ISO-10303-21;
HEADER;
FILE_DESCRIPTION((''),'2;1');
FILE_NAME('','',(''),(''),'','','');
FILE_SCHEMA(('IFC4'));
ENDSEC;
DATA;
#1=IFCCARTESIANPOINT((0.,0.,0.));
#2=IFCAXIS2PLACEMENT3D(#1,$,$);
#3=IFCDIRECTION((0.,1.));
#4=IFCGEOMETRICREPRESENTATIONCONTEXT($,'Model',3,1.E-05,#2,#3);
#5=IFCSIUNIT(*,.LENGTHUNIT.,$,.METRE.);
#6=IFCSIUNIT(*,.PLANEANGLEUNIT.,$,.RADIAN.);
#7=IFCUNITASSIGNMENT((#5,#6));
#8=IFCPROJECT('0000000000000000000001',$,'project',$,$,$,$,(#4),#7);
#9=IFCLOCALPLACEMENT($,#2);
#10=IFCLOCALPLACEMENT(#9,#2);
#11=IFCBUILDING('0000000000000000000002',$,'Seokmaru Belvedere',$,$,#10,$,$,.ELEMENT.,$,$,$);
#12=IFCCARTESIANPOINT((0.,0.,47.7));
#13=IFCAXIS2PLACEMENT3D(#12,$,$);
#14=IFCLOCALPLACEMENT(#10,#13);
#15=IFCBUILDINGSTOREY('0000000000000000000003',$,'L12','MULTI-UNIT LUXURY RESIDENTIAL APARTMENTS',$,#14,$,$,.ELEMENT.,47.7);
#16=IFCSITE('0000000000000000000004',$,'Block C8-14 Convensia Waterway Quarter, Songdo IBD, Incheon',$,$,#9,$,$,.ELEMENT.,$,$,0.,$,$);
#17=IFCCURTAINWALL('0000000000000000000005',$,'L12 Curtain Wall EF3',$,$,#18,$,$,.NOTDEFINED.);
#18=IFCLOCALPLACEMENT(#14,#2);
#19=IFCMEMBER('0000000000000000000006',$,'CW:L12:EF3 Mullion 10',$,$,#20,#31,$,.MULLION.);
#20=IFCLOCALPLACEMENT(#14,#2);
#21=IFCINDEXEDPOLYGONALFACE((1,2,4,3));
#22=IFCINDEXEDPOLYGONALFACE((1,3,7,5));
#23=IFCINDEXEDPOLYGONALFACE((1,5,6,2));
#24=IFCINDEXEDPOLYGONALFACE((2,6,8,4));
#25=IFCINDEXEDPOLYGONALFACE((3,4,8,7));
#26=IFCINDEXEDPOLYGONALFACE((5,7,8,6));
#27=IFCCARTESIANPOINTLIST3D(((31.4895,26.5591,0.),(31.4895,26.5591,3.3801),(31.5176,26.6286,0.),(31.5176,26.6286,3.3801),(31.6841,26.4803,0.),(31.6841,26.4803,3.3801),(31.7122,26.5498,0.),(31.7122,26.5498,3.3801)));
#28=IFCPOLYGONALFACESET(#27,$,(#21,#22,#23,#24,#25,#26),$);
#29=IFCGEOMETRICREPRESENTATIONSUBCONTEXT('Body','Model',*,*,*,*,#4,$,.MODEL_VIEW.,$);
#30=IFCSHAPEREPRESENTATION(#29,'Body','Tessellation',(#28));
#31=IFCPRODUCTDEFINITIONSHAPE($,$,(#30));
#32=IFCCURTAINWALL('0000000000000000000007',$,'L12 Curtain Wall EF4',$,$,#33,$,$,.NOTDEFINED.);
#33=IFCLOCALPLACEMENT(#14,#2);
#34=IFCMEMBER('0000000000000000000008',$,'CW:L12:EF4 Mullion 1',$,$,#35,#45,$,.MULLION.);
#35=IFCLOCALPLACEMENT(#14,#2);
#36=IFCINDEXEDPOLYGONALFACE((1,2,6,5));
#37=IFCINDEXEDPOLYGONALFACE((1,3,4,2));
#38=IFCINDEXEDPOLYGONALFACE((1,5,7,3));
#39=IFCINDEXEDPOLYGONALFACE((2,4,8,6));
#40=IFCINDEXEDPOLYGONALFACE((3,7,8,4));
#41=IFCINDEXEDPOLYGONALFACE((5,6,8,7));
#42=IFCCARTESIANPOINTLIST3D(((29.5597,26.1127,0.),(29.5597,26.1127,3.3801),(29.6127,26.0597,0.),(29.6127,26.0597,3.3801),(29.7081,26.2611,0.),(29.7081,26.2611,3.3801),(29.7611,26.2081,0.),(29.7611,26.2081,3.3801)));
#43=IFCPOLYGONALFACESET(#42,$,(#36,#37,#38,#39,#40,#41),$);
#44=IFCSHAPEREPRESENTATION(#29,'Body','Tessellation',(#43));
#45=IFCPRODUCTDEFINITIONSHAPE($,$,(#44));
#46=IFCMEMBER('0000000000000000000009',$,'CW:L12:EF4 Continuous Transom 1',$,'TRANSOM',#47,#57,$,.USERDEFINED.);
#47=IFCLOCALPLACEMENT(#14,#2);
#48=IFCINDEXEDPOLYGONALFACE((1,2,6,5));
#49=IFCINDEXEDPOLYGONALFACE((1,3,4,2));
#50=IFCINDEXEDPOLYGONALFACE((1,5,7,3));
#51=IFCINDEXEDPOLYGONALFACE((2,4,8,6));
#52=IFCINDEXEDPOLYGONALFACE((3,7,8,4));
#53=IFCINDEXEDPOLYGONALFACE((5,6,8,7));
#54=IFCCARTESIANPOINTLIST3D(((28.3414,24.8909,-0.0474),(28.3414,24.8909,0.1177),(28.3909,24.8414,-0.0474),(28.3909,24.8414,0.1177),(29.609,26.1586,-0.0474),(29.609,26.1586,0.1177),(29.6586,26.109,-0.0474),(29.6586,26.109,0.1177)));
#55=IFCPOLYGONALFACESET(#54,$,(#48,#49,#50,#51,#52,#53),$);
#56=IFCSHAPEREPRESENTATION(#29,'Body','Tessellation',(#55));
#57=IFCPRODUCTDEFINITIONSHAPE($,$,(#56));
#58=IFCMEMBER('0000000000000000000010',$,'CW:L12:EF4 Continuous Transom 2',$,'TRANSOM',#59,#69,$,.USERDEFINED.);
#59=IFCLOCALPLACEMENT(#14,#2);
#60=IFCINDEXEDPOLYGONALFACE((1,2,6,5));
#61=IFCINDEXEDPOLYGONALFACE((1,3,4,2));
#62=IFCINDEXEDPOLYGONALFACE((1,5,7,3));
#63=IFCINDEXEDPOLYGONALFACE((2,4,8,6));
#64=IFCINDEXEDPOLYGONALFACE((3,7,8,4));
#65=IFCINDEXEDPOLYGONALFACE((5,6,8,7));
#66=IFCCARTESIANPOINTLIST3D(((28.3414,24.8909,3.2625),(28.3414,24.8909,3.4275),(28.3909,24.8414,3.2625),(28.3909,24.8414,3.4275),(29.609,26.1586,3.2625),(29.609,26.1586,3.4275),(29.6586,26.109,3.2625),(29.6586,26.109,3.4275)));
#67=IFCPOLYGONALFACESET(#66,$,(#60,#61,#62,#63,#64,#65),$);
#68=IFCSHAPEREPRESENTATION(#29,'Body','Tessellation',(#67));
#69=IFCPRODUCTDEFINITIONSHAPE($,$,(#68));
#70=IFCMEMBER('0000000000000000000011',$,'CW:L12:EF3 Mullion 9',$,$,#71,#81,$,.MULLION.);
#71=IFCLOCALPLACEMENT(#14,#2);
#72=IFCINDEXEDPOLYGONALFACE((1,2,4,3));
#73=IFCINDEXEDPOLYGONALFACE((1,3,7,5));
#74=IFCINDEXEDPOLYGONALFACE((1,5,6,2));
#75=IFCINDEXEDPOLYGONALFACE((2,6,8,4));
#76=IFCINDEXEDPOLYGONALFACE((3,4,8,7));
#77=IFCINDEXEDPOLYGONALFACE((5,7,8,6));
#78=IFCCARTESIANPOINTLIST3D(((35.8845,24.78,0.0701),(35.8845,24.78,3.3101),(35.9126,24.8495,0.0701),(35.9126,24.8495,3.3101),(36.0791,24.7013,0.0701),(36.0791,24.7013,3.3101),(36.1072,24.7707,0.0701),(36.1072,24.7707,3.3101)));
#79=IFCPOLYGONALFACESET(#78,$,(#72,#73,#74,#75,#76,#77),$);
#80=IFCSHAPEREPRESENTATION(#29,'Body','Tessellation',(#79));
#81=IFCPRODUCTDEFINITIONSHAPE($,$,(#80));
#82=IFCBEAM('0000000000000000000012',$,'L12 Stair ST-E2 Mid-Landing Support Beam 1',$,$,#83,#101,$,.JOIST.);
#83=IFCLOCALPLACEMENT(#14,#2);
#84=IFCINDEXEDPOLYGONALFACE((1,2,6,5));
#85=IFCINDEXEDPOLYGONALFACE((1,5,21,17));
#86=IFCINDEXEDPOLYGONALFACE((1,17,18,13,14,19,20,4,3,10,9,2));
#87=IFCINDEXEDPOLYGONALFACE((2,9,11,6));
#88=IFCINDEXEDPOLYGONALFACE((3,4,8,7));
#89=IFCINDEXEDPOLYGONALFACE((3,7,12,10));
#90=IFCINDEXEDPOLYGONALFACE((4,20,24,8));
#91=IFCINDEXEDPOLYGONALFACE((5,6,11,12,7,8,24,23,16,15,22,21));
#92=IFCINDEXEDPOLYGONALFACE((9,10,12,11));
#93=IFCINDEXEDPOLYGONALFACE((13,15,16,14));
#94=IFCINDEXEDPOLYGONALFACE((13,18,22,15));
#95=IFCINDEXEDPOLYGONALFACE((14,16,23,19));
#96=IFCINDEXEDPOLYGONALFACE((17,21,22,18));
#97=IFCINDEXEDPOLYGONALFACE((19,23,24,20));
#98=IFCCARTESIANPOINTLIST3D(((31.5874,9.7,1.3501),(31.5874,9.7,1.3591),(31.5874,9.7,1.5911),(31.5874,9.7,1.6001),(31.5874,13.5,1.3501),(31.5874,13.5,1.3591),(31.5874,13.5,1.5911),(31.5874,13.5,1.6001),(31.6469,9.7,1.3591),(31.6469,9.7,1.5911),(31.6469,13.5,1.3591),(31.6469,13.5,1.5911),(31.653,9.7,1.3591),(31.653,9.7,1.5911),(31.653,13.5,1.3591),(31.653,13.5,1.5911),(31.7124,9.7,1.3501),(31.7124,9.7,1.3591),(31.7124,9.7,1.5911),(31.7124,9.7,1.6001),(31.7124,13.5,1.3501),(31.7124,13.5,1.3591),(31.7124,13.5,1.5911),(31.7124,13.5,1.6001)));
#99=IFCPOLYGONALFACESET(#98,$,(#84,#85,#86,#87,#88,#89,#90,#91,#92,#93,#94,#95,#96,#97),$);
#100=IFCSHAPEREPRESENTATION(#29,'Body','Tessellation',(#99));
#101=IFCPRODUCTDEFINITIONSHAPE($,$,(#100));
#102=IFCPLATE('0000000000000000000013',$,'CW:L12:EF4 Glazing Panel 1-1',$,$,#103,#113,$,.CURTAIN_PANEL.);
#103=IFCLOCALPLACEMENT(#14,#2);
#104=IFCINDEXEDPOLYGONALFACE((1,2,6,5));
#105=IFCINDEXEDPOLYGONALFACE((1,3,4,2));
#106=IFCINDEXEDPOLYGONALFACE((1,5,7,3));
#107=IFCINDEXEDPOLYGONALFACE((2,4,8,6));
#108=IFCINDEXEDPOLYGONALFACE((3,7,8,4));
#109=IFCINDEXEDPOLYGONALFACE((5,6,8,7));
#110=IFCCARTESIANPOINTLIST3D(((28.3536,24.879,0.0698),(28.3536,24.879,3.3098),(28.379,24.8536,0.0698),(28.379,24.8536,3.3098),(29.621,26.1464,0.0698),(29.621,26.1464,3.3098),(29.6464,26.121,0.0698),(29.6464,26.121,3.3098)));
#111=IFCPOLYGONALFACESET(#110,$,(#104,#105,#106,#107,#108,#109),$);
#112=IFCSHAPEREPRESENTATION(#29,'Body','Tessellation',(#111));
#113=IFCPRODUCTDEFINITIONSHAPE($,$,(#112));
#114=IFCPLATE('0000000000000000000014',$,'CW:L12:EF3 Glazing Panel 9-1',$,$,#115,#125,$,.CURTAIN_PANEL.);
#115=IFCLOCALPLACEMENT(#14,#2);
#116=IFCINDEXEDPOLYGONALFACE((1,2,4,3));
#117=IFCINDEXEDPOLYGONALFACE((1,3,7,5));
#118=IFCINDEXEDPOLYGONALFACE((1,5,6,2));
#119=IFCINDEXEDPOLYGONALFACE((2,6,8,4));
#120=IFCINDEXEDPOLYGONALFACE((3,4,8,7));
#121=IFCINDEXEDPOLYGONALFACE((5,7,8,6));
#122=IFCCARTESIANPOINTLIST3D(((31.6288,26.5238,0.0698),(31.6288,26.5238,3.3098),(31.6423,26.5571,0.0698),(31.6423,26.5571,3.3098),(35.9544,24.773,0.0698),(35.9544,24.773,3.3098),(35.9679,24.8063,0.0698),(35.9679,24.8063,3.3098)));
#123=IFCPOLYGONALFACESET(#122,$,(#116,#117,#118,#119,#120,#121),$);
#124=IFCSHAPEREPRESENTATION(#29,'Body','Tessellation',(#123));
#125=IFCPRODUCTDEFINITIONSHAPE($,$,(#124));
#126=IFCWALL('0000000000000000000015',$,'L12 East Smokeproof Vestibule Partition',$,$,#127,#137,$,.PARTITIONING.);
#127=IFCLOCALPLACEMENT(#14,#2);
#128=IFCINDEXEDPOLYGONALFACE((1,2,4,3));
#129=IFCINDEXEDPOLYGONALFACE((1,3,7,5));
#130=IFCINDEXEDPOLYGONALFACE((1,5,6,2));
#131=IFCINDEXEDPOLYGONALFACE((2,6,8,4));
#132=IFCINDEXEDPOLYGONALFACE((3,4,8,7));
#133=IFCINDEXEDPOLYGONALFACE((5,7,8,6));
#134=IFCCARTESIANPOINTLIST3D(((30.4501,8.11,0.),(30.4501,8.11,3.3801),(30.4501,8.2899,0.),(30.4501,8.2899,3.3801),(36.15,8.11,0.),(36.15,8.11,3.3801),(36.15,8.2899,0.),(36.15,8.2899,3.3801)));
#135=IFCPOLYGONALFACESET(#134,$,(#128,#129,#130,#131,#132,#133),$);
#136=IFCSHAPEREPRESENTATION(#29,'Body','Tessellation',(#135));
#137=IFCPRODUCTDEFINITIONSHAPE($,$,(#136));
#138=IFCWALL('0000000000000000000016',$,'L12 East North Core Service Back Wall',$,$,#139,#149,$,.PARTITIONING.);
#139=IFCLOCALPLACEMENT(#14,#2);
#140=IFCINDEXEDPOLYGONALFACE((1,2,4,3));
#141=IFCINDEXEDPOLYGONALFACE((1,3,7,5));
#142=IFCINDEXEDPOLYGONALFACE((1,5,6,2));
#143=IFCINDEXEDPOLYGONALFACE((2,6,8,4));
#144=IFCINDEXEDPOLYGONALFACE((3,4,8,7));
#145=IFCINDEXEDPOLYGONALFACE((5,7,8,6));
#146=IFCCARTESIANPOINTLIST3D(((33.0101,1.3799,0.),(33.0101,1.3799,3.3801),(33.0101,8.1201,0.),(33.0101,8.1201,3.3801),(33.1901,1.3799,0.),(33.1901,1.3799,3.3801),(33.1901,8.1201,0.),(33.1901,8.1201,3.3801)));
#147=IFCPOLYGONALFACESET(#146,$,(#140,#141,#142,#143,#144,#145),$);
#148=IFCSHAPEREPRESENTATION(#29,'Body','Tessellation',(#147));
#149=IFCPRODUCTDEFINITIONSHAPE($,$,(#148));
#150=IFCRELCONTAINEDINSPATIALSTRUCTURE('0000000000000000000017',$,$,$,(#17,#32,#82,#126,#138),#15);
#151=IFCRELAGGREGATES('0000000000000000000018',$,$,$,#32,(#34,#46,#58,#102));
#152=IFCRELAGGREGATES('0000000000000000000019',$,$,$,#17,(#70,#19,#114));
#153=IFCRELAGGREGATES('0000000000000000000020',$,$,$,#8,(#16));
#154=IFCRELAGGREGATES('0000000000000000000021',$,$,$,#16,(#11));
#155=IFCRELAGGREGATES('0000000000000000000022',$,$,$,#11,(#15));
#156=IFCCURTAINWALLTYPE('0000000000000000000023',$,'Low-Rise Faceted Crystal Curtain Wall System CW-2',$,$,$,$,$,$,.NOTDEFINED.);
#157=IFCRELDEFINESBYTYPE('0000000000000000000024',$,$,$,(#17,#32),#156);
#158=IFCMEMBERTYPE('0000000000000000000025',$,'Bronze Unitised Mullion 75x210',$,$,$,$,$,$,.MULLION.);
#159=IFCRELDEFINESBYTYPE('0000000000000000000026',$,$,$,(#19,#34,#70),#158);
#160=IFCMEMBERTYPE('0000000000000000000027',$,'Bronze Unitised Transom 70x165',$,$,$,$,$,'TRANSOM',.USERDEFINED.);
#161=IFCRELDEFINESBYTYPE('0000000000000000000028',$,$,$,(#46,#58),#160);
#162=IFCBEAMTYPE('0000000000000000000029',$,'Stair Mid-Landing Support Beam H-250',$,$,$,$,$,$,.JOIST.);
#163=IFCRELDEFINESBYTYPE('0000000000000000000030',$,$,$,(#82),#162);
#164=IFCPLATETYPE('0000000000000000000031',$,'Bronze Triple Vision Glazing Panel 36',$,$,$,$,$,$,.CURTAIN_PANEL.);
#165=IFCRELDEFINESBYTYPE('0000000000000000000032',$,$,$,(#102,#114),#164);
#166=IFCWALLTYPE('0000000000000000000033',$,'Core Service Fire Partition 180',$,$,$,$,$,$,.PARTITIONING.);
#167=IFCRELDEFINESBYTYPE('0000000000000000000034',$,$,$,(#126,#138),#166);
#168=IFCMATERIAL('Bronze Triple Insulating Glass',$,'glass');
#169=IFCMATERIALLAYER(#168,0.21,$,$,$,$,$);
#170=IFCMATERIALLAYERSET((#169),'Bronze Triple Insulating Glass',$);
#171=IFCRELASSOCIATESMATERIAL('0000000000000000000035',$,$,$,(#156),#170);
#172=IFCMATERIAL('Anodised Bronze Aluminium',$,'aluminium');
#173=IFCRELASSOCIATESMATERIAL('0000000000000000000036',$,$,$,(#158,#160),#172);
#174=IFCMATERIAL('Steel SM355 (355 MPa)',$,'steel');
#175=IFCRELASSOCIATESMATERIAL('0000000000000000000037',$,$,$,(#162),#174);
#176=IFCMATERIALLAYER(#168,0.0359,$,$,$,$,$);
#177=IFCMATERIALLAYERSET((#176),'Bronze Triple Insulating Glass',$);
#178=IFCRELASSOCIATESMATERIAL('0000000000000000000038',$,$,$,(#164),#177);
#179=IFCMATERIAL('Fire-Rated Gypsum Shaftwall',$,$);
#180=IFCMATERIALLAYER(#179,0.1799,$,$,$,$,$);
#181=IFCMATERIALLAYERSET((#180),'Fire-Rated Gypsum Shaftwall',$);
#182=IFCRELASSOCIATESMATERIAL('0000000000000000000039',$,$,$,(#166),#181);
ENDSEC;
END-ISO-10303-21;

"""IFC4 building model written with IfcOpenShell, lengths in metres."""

from ifc_helpers import new_model, si_unit, direction, frame, frame_2d, origin, origin_2d, place, context, subcontext, project, spatial, rectangle, i_section, extrude, source, transform, mapped, material, layer, layer_set, material_profile, profile_set, type_object, type_shapes, element, aggregate, save


model = new_model("IFC4")

# Units and contexts
model_context = context("Model", 3, precision=1e-05, world=origin(), true_north=direction((0.0, 1.0)))
body_context = subcontext(model_context, "Body", "Model", "MODEL_VIEW")
ifc_project = project(units=[si_unit("LENGTHUNIT", "METRE"), si_unit("PLANEANGLEUNIT", "RADIAN")], contexts=[model_context])

# Site, building, storey
site_placement = place(None, origin())
site = spatial("IfcSite", under=ifc_project, at=site_placement, Name="Block C8-14 Convensia Waterway Quarter, Songdo IBD, Incheon", CompositionType="ELEMENT", RefElevation=0.0)
building_placement = place(site_placement, origin())
building = spatial("IfcBuilding", under=site, at=building_placement, Name="Seokmaru Belvedere", CompositionType="ELEMENT")
storey_placement = place(building_placement, frame((0.0, 0.0, 47.7)))
storey = spatial("IfcBuildingStorey", under=building, at=storey_placement, Name="L12", Description="MULTI-UNIT LUXURY RESIDENTIAL APARTMENTS", CompositionType="ELEMENT", Elevation=47.7)

# Shared definitions
ifc_material_1 = material(Name="Steel SM355 (355 MPa)", Category="steel")

# Curtain wall, member
ifc_material_2 = material(Name="Bronze Triple Insulating Glass", Category="glass")
ifc_layer_1 = layer(ifc_material_2, 0.21)
ifc_layer_set_1 = layer_set([ifc_layer_1], Name="Bronze Triple Insulating Glass")
curtain_wall_type = type_object("IfcCurtainWallType", Name="Low-Rise Faceted Crystal Curtain Wall System CW-2", PredefinedType="NOTDEFINED", material=ifc_layer_set_1)
curtain_wall_1_placement = place(storey_placement, origin())
curtain_wall_1 = element("IfcCurtainWall", 1, at=curtain_wall_1_placement, inside=storey, type_object=curtain_wall_type, Name="L12 Curtain Wall EF3", PredefinedType="NOTDEFINED")
ifc_material_3 = material(Name="Anodised Bronze Aluminium", Category="aluminium")
ifc_material_profile_1 = material_profile(ifc_material_3, rectangle(XDim=0.075, YDim=0.21, at=origin_2d()), Name="CW-M-75x210")
ifc_profile_set_1 = profile_set([ifc_material_profile_1], Name="Anodised Bronze Aluminium")
member_type_1 = type_object("IfcMemberType", Name="Bronze Unitised Mullion 75x210", PredefinedType="MULLION", material=ifc_profile_set_1)
shared_shape_1 = source(origin(), body_context, "Body", "SweptSolid", [
    extrude(rectangle(XDim=0.075, YDim=0.21, at=origin_2d()), origin(), (0.0, 0.0, 1.0), 3.3801),
])
member_1_placement = place(storey_placement, frame((31.6008, 26.5544, 0.0), z_axis=(0.0, 0.0, 1.0), x_axis=(-0.375192, -0.926947, 0.0)))
member_1 = element("IfcMember", 2, at=member_1_placement, type_object=member_type_1, Name="CW:L12:EF3 Mullion 10", PredefinedType="MULLION", context=body_context, shape_type="MappedRepresentation", body=[
    mapped(shared_shape_1, transform((0.0, 0.0, 0.0), scale=1.0)),
])

# Curtain wall, members
curtain_wall_2_placement = place(storey_placement, origin())
curtain_wall_2 = element("IfcCurtainWall", 3, at=curtain_wall_2_placement, inside=storey, type_object=curtain_wall_type, Name="L12 Curtain Wall EF4", PredefinedType="NOTDEFINED")
member_2_placement = place(storey_placement, frame((29.6604, 26.1604, 0.0), z_axis=(0.0, 0.0, 1.0), x_axis=(0.707107, -0.707107, 0.0)))
member_2 = element("IfcMember", 4, at=member_2_placement, type_object=member_type_1, Name="CW:L12:EF4 Mullion 1", PredefinedType="MULLION", context=body_context, shape_type="MappedRepresentation", body=[
    mapped(shared_shape_1, transform((0.0, 0.0, 0.0), scale=1.0)),
])
ifc_material_profile_2 = material_profile(ifc_material_3, rectangle(XDim=0.0701, YDim=0.165, at=origin_2d()), Name="CW-T-70x165")
ifc_profile_set_2 = profile_set([ifc_material_profile_2], Name="Anodised Bronze Aluminium")
member_type_2 = type_object("IfcMemberType", Name="Bronze Unitised Transom 70x165", ElementType="TRANSOM", PredefinedType="USERDEFINED", material=ifc_profile_set_2)
shared_shape_2 = source(origin(), body_context, "Body", "SweptSolid", [
    extrude(rectangle(XDim=0.0701, YDim=0.165, at=origin_2d()), origin(), (0.0, 0.0, 1.0), 1.7927),
])
type_shapes(member_type_2, [shared_shape_2])
member_3_placement = place(storey_placement, frame((29.6338, 26.1338, 0.0352), z_axis=(-0.707107, -0.707107, 0.0), x_axis=(0.707107, -0.707107, 0.0)))
member_3 = element("IfcMember", 5, at=member_3_placement, type_object=member_type_2, Name="CW:L12:EF4 Continuous Transom 1", ObjectType="TRANSOM", PredefinedType="USERDEFINED", context=body_context, shape_type="MappedRepresentation", body=[
    mapped(shared_shape_2, transform((0.0, 0.0, 0.0), scale=1.0)),
])
member_4_placement = place(storey_placement, frame((29.6338, 26.1338, 3.345), z_axis=(-0.707107, -0.707107, 0.0), x_axis=(0.707107, -0.707107, 0.0)))
member_4 = element("IfcMember", 6, at=member_4_placement, type_object=member_type_2, Name="CW:L12:EF4 Continuous Transom 2", ObjectType="TRANSOM", PredefinedType="USERDEFINED", context=body_context, shape_type="MappedRepresentation", body=[
    mapped(shared_shape_2, transform((0.0, 0.0, 0.0), scale=1.0)),
])

# Member
shared_shape_3 = source(origin(), body_context, "Body", "SweptSolid", [
    extrude(rectangle(XDim=0.075, YDim=0.21, at=origin_2d()), origin(), (0.0, 0.0, 1.0), 3.24),
])
type_shapes(member_type_1, [shared_shape_1, shared_shape_3])
member_5_placement = place(storey_placement, frame((35.9958, 24.7754, 0.0701), z_axis=(0.0, 0.0, 1.0), x_axis=(-0.375192, -0.926947, 0.0)))
member_5 = element("IfcMember", 7, at=member_5_placement, type_object=member_type_1, Name="CW:L12:EF3 Mullion 9", PredefinedType="MULLION", context=body_context, shape_type="MappedRepresentation", body=[
    mapped(shared_shape_3, transform((0.0, 0.0, 0.0), scale=1.0)),
])

# Beam
ifc_material_profile_3 = material_profile(ifc_material_1, i_section(OverallWidth=0.125, OverallDepth=0.25, WebThickness=0.0061, FlangeThickness=0.009, at=origin_2d()), Name="H-250x125x6x9")
ifc_profile_set_3 = profile_set([ifc_material_profile_3], Name="Steel SM355 (355 MPa)")
beam_type_1 = type_object("IfcBeamType", Name="Stair Mid-Landing Support Beam H-250", PredefinedType="JOIST", material=ifc_profile_set_3)
shared_shape_4 = source(origin(), body_context, "Body", "SweptSolid", [
    extrude(i_section(OverallWidth=0.125, OverallDepth=0.25, WebThickness=0.0061, FlangeThickness=0.009, at=origin_2d()), origin(), (0.0, 0.0, 1.0), 3.8),
])
type_shapes(beam_type_1, [shared_shape_4])
beam_1_placement = place(storey_placement, frame((31.6499, 9.7, 1.4751), z_axis=(0.0, 1.0, 0.0), x_axis=(-1.0, 0.0, 0.0)))
element("IfcBeam", 8, at=beam_1_placement, inside=storey, type_object=beam_type_1, Name="L12 Stair ST-E2 Mid-Landing Support Beam 1", PredefinedType="JOIST", context=body_context, shape_type="MappedRepresentation", body=[
    mapped(shared_shape_4, transform((0.0, 0.0, 0.0), scale=1.0)),
])

# Plates
ifc_layer_2 = layer(ifc_material_2, 0.0359)
ifc_layer_set_2 = layer_set([ifc_layer_2], Name="Bronze Triple Insulating Glass")
plate_type = type_object("IfcPlateType", Name="Bronze Triple Vision Glazing Panel 36", PredefinedType="CURTAIN_PANEL", material=ifc_layer_set_2)
shared_shape_5 = source(origin(), body_context, "Body", "SweptSolid", [
    extrude(rectangle(XDim=1.7925, YDim=0.0359, at=origin_2d()), origin(), (0.0, 0.0, 1.0), 3.24),
])
plate_1_placement = place(storey_placement, frame((29.0, 25.5, 0.0698), z_axis=(0.0, 0.0, 1.0), x_axis=(-0.707107, -0.707107, 0.0)))
plate_1 = element("IfcPlate", 9, at=plate_1_placement, type_object=plate_type, Name="CW:L12:EF4 Glazing Panel 1-1", PredefinedType="CURTAIN_PANEL", context=body_context, shape_type="MappedRepresentation", body=[
    mapped(shared_shape_5, transform((0.0, 0.0, 0.0), scale=1.0)),
])
aggregate(curtain_wall_2, [member_2, member_3, member_4, plate_1])
shared_shape_6 = source(origin(), body_context, "Body", "SweptSolid", [
    extrude(rectangle(XDim=4.6665, YDim=0.0359, at=origin_2d()), origin(), (0.0, 0.0, 1.0), 3.24),
])
type_shapes(plate_type, [shared_shape_5, shared_shape_6])
plate_2_placement = place(storey_placement, frame((33.7983, 25.665, 0.0698), z_axis=(0.0, 0.0, 1.0), x_axis=(-0.926947, 0.375192, 0.0)))
plate_2 = element("IfcPlate", 10, at=plate_2_placement, type_object=plate_type, Name="CW:L12:EF3 Glazing Panel 9-1", PredefinedType="CURTAIN_PANEL", context=body_context, shape_type="MappedRepresentation", body=[
    mapped(shared_shape_6, transform((0.0, 0.0, 0.0), scale=1.0)),
])
aggregate(curtain_wall_1, [member_5, member_1, plate_2])

# Walls
ifc_material_4 = material(Name="Fire-Rated Gypsum Shaftwall")
ifc_layer_3 = layer(ifc_material_4, 0.1799)
ifc_layer_set_3 = layer_set([ifc_layer_3], Name="Fire-Rated Gypsum Shaftwall")
wall_type_1 = type_object("IfcWallType", Name="Core Service Fire Partition 180", PredefinedType="PARTITIONING", material=ifc_layer_set_3)
wall_1_placement = place(storey_placement, frame((30.45, 8.2, 0.0), z_axis=(0.0, 0.0, 1.0), x_axis=(1.0, 0.0, 0.0)))
element("IfcWall", 11, at=wall_1_placement, inside=storey, type_object=wall_type_1, Name="L12 East Smokeproof Vestibule Partition", PredefinedType="PARTITIONING", context=body_context, shape_type="SweptSolid", body=[
    extrude(rectangle(XDim=5.7, YDim=0.1799, at=frame_2d((2.8501, 0.0))), origin(), (0.0, 0.0, 1.0), 3.3801),
])
wall_2_placement = place(storey_placement, frame((33.1001, 1.3799, 0.0), z_axis=(0.0, 0.0, 1.0), x_axis=(0.0, 1.0, 0.0)))
element("IfcWall", 12, at=wall_2_placement, inside=storey, type_object=wall_type_1, Name="L12 East North Core Service Back Wall", PredefinedType="PARTITIONING", context=body_context, shape_type="SweptSolid", body=[
    extrude(rectangle(XDim=6.7402, YDim=0.1799, at=frame_2d((3.3701, 0.0))), origin(), (0.0, 0.0, 1.0), 3.3801),
])

save(model, "model.ifc")
